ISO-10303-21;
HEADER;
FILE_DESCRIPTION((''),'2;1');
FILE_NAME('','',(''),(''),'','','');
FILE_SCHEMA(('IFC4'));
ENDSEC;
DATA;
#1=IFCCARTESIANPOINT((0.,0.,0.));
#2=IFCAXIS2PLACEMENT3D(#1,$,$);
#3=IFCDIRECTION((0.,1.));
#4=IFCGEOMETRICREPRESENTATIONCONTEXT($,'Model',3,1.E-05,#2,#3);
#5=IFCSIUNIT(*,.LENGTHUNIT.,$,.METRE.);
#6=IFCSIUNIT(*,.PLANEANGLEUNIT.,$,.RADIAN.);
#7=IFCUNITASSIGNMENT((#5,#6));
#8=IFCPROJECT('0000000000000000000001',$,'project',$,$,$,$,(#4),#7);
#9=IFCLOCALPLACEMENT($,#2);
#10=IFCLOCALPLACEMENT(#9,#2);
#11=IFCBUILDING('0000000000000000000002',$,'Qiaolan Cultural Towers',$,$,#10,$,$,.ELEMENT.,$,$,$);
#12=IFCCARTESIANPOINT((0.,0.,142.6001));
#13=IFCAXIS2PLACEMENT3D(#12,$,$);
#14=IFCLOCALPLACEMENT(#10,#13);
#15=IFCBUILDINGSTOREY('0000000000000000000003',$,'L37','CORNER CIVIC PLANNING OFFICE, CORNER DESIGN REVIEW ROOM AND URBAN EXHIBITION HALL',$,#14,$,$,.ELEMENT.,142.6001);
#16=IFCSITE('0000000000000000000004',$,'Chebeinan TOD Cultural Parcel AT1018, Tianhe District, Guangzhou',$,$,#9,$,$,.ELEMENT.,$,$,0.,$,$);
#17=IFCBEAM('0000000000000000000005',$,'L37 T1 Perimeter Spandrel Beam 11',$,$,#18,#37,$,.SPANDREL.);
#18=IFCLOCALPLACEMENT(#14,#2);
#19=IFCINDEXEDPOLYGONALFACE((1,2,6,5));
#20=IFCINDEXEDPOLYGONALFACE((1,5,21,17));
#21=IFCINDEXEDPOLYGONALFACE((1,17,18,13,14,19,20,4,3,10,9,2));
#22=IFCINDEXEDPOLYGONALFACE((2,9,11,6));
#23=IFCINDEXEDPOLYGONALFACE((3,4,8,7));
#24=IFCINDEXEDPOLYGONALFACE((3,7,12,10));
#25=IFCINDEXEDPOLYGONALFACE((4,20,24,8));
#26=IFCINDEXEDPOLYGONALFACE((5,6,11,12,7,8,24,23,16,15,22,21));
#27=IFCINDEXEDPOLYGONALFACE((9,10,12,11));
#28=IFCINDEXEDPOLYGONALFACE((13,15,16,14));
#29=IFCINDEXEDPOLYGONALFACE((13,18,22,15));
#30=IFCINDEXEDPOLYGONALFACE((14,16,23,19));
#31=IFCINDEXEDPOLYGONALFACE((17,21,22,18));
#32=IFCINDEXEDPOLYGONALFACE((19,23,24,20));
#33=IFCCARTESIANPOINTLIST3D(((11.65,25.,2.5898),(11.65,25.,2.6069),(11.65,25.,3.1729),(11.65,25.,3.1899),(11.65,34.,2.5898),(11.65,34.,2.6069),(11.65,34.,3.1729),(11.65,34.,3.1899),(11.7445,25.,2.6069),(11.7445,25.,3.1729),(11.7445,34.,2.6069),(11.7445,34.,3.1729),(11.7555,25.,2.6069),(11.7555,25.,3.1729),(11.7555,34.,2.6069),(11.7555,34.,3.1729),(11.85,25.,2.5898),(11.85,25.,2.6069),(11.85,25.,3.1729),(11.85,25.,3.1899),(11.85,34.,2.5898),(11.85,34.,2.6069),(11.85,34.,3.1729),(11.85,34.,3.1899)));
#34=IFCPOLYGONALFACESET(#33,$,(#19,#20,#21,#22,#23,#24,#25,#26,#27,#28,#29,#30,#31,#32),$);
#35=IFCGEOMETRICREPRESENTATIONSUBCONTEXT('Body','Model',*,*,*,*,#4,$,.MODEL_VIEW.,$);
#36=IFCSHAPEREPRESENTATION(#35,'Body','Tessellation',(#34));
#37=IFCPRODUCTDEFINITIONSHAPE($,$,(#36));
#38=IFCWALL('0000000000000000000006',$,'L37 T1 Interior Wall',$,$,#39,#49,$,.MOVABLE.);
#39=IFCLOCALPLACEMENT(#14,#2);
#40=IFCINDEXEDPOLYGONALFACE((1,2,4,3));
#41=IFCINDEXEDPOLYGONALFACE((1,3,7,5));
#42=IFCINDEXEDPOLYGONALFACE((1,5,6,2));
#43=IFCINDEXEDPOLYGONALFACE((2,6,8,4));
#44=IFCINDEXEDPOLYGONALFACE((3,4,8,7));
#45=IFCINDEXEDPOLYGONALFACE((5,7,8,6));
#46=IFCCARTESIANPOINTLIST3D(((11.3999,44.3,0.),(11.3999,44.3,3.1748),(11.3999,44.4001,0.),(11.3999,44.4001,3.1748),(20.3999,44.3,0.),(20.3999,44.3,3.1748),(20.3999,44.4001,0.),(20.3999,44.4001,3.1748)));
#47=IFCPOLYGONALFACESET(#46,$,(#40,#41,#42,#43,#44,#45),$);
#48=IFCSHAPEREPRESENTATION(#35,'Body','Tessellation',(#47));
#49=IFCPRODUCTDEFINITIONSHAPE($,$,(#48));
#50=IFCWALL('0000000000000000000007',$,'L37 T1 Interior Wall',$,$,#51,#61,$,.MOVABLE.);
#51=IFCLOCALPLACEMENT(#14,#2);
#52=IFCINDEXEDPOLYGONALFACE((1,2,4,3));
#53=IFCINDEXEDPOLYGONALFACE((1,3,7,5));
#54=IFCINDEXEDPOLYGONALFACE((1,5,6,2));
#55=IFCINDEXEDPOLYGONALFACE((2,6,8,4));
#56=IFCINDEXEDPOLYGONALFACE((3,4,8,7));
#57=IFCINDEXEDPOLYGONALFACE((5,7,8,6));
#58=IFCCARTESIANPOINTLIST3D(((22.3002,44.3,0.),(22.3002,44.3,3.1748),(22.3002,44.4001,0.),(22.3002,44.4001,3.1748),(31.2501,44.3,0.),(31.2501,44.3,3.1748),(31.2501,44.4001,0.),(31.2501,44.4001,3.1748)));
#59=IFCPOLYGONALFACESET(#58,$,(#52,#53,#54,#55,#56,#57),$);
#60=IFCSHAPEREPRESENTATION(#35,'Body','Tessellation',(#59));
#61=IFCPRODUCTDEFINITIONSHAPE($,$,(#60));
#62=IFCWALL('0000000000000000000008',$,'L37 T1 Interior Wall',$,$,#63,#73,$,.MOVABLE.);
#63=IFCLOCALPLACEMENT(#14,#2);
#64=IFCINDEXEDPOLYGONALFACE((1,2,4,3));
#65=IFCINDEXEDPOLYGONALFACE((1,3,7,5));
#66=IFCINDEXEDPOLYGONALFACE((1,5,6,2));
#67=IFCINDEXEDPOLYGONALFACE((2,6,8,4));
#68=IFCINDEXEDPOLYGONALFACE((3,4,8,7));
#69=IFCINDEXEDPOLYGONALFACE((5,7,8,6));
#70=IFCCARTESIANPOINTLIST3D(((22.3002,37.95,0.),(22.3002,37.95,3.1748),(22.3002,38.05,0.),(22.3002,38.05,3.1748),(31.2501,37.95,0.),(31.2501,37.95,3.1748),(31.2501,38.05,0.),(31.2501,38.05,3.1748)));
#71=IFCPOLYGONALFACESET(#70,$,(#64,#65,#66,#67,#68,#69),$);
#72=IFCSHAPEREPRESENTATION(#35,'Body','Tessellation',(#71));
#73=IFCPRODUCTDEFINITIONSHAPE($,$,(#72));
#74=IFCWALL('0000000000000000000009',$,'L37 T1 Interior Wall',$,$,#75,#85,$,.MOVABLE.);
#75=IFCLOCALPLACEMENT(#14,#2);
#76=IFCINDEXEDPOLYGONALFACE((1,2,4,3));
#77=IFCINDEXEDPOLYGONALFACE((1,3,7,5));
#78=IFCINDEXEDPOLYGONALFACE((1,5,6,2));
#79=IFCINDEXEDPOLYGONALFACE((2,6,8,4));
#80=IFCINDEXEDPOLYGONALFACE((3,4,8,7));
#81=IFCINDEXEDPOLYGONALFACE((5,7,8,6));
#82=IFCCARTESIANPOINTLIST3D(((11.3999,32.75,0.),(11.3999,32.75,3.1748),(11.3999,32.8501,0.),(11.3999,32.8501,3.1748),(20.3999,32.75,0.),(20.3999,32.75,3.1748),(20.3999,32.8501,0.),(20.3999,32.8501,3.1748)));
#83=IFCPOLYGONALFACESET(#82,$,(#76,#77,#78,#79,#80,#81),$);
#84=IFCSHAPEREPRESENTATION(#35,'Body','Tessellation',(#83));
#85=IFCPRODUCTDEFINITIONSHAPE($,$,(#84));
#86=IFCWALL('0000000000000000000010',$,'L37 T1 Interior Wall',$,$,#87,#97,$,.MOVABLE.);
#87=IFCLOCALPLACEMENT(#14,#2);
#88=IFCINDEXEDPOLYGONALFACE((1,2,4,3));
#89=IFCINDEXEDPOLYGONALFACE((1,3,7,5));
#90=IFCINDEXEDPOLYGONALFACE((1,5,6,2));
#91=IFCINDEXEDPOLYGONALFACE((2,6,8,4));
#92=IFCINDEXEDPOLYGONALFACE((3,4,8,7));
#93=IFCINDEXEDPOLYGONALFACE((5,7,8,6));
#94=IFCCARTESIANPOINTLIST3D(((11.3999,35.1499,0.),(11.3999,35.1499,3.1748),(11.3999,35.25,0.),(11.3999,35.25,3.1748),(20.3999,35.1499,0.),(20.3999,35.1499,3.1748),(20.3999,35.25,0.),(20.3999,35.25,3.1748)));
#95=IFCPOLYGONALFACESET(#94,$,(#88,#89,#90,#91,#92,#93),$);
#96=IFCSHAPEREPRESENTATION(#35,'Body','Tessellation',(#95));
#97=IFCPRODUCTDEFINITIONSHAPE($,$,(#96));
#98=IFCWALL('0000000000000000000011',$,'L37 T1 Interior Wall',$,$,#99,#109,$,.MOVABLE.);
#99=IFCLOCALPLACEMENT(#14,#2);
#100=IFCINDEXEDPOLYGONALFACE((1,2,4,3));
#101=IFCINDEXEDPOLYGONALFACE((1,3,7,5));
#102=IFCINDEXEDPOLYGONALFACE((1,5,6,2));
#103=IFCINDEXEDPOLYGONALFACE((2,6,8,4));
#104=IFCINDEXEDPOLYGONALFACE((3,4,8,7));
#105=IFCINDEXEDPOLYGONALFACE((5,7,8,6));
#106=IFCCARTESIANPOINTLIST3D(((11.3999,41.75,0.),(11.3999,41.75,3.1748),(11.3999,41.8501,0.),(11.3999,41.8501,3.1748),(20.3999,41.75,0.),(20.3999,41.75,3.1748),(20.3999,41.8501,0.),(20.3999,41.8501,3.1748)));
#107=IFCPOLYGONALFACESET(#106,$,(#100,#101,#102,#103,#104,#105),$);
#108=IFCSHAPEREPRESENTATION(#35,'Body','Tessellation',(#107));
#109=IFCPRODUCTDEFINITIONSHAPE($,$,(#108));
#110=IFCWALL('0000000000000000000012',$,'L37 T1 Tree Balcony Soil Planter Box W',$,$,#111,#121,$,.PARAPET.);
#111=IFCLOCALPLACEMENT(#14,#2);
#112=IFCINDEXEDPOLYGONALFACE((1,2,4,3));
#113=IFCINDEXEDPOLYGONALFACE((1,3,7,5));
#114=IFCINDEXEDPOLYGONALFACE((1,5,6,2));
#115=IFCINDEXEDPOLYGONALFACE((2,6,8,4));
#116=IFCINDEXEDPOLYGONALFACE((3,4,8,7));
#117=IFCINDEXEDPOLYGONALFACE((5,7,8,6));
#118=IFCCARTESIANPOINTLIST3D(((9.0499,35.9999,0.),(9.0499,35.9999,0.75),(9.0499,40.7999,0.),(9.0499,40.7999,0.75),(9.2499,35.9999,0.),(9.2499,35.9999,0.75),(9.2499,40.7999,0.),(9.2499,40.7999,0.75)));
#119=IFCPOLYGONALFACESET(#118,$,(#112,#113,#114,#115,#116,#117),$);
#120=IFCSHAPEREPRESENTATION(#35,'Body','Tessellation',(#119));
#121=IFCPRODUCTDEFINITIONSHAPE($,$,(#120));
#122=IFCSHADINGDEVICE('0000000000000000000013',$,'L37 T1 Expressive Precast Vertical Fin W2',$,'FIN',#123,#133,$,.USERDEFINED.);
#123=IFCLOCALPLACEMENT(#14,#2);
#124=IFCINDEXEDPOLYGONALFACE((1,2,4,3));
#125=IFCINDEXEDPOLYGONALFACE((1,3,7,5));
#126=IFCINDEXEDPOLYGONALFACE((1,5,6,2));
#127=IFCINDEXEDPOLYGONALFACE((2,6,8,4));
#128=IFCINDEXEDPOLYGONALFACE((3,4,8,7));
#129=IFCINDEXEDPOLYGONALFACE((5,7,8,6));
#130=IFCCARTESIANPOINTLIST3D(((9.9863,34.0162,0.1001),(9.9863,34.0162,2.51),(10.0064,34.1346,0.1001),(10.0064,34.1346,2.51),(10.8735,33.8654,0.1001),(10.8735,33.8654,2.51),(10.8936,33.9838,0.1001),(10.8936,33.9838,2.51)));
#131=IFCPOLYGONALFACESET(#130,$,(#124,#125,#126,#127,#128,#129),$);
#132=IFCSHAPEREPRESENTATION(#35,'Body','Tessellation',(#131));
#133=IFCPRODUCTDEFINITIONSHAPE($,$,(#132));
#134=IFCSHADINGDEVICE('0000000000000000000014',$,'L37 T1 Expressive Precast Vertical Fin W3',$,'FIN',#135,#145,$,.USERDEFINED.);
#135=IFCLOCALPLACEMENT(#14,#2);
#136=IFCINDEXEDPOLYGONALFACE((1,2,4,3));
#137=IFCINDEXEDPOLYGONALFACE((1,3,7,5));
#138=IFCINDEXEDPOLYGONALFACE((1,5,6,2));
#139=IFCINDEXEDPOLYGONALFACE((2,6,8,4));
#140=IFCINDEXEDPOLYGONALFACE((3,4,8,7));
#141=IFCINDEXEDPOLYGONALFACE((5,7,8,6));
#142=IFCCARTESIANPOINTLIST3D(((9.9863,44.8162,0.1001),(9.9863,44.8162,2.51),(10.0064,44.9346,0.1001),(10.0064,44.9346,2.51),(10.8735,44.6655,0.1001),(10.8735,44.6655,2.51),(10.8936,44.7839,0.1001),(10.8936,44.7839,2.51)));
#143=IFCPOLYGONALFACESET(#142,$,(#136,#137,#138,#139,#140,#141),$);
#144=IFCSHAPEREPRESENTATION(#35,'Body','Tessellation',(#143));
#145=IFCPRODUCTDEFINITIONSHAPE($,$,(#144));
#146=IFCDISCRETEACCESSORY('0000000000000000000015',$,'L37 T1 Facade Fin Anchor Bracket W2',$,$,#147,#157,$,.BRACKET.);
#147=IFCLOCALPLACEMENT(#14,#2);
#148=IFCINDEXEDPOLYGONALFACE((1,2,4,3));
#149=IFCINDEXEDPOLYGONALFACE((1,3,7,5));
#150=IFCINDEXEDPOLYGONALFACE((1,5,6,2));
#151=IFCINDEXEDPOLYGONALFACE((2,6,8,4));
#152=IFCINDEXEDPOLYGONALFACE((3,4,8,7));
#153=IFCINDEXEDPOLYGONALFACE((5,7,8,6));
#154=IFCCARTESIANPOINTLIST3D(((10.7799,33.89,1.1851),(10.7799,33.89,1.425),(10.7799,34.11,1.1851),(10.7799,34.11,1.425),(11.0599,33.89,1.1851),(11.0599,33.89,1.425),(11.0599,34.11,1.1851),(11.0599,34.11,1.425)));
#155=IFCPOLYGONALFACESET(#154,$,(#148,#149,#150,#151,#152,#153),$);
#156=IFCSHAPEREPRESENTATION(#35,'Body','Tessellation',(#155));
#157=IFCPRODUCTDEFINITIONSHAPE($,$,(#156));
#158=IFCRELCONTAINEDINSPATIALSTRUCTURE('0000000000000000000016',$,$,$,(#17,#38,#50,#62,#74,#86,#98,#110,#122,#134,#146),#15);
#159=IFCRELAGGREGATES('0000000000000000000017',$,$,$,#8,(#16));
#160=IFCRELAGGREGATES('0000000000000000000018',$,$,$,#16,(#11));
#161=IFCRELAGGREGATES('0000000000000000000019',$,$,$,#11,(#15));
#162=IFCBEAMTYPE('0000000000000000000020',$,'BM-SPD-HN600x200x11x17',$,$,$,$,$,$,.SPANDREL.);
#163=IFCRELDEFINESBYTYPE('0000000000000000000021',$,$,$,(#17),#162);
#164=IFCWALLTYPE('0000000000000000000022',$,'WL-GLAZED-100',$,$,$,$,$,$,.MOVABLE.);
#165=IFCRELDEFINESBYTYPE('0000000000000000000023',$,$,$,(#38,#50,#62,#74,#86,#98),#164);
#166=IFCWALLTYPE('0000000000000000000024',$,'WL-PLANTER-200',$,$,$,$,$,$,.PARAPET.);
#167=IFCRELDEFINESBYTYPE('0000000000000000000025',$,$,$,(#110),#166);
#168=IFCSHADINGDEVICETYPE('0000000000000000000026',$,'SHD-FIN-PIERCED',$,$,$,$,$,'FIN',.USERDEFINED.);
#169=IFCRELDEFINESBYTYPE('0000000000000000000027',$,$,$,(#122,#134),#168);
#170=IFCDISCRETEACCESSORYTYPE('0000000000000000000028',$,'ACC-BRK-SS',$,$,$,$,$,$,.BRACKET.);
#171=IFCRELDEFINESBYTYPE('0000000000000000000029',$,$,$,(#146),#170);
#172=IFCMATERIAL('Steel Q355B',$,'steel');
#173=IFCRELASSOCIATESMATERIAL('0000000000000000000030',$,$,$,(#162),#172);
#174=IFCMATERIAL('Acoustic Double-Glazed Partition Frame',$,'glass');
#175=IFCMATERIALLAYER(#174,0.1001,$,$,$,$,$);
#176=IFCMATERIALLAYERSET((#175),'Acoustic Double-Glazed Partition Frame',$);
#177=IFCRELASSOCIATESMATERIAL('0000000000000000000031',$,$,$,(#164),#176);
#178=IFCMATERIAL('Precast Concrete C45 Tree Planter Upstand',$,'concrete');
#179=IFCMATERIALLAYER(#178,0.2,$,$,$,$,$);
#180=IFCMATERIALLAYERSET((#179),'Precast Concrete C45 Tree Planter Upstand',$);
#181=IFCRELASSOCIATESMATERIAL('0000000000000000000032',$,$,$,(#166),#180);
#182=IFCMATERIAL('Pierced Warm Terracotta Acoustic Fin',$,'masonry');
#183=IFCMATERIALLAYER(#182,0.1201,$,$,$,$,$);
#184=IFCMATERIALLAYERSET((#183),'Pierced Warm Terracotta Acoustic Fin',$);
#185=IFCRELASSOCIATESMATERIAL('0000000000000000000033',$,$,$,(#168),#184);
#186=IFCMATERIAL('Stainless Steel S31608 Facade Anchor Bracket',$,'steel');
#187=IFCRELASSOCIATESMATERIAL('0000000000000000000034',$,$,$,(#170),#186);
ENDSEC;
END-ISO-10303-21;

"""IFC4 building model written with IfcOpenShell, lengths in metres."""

from ifc_helpers import new_model, si_unit, direction, frame, frame_2d, origin, origin_2d, place, context, subcontext, project, spatial, rectangle, i_section, extrude, material, layer, layer_set, material_profile, profile_set, type_object, element, save


model = new_model("IFC4")

# Units and contexts
model_context = context("Model", 3, precision=1e-05, world=origin(), true_north=direction((0.0, 1.0)))
body_context = subcontext(model_context, "Body", "Model", "MODEL_VIEW")
ifc_project = project(units=[si_unit("LENGTHUNIT", "METRE"), si_unit("PLANEANGLEUNIT", "RADIAN")], contexts=[model_context])

# Site, building, storey
site_placement = place(None, origin())
site = spatial("IfcSite", under=ifc_project, at=site_placement, Name="Chebeinan TOD Cultural Parcel AT1018, Tianhe District, Guangzhou", CompositionType="ELEMENT", RefElevation=0.0)
building_placement = place(site_placement, origin())
building = spatial("IfcBuilding", under=site, at=building_placement, Name="Qiaolan Cultural Towers", CompositionType="ELEMENT")
storey_placement = place(building_placement, frame((0.0, 0.0, 142.6001)))
storey = spatial("IfcBuildingStorey", under=building, at=storey_placement, Name="L37", Description="CORNER CIVIC PLANNING OFFICE, CORNER DESIGN REVIEW ROOM AND URBAN EXHIBITION HALL", CompositionType="ELEMENT", Elevation=142.6001)

# Beam
ifc_material_1 = material(Name="Steel Q355B", Category="steel")
ifc_material_profile_1 = material_profile(ifc_material_1, i_section(OverallWidth=0.2, OverallDepth=0.6001, WebThickness=0.011, FlangeThickness=0.0171, at=origin_2d()), Name="HN600x200x11x17")
ifc_profile_set_1 = profile_set([ifc_material_profile_1], Name="Steel Q355B")
beam_type_1 = type_object("IfcBeamType", Name="BM-SPD-HN600x200x11x17", PredefinedType="SPANDREL", material=ifc_profile_set_1)
for number, where, z_axis, x_axis, name in (
    (1, (11.75, 34.0, 2.8899), (0.0, -1.0, 0.0), (1.0, 0.0, 0.0), "L37 T1 Perimeter Spandrel Beam 11"),
):
    element("IfcBeam", number, at=place(storey_placement, frame(where, z_axis=z_axis, x_axis=x_axis)), inside=storey, type_object=beam_type_1, Name=name, PredefinedType="SPANDREL", context=body_context, shape_type="SweptSolid", body=[
        extrude(i_section(OverallWidth=0.2, OverallDepth=0.6001, WebThickness=0.011, FlangeThickness=0.0171, at=origin_2d()), origin(), (0.0, 0.0, 1.0), 9.0),
    ])

# Walls
ifc_material_2 = material(Name="Acoustic Double-Glazed Partition Frame", Category="glass")
ifc_layer_1 = layer(ifc_material_2, 0.1001)
ifc_layer_set_1 = layer_set([ifc_layer_1], Name="Acoustic Double-Glazed Partition Frame")
wall_type_1 = type_object("IfcWallType", Name="WL-GLAZED-100", PredefinedType="MOVABLE", material=ifc_layer_set_1)
wall_1_placement = place(storey_placement, frame((11.3999, 44.3501, 0.0), z_axis=(0.0, 0.0, 1.0), x_axis=(1.0, 0.0, 0.0)))
element("IfcWall", 2, at=wall_1_placement, inside=storey, type_object=wall_type_1, Name="L37 T1 Interior Wall", PredefinedType="MOVABLE", context=body_context, shape_type="SweptSolid", body=[
    extrude(rectangle(XDim=9.0, YDim=0.1001, at=frame_2d((4.5, 0.0))), origin(), (0.0, 0.0, 1.0), 3.1748),
])
for number, where, z_axis, x_axis, name in (
    (3, (22.3, 44.3501, 0.0), (0.0, 0.0, 1.0), (1.0, 0.0, 0.0), "L37 T1 Interior Wall"),
    (4, (22.3, 38.0, 0.0), (0.0, 0.0, 1.0), (1.0, 0.0, 0.0), "L37 T1 Interior Wall"),
):
    element("IfcWall", number, at=place(storey_placement, frame(where, z_axis=z_axis, x_axis=x_axis)), inside=storey, type_object=wall_type_1, Name=name, PredefinedType="MOVABLE", context=body_context, shape_type="SweptSolid", body=[
        extrude(rectangle(XDim=8.95, YDim=0.1001, at=frame_2d((4.4751, 0.0))), origin(), (0.0, 0.0, 1.0), 3.1748),
    ])
for number, where, z_axis, x_axis, name in (
    (5, (11.3999, 32.8, 0.0), (0.0, 0.0, 1.0), (1.0, 0.0, 0.0), "L37 T1 Interior Wall"),
    (6, (11.3999, 35.2, 0.0), (0.0, 0.0, 1.0), (1.0, 0.0, 0.0), "L37 T1 Interior Wall"),
    (7, (11.3999, 41.8, 0.0), (0.0, 0.0, 1.0), (1.0, 0.0, 0.0), "L37 T1 Interior Wall"),
):
    element("IfcWall", number, at=place(storey_placement, frame(where, z_axis=z_axis, x_axis=x_axis)), inside=storey, type_object=wall_type_1, Name=name, PredefinedType="MOVABLE", context=body_context, shape_type="SweptSolid", body=[
        extrude(rectangle(XDim=9.0, YDim=0.1001, at=frame_2d((4.5, 0.0))), origin(), (0.0, 0.0, 1.0), 3.1748),
    ])
ifc_material_3 = material(Name="Precast Concrete C45 Tree Planter Upstand", Category="concrete")
ifc_layer_2 = layer(ifc_material_3, 0.2)
ifc_layer_set_2 = layer_set([ifc_layer_2], Name="Precast Concrete C45 Tree Planter Upstand")
wall_type_2 = type_object("IfcWallType", Name="WL-PLANTER-200", PredefinedType="PARAPET", material=ifc_layer_set_2)
wall_2_placement = place(storey_placement, frame((9.1499, 36.0, 0.0), z_axis=(0.0, 0.0, 1.0), x_axis=(0.0, 1.0, 0.0)))
element("IfcWall", 8, at=wall_2_placement, inside=storey, type_object=wall_type_2, Name="L37 T1 Tree Balcony Soil Planter Box W", PredefinedType="PARAPET", context=body_context, shape_type="SweptSolid", body=[
    extrude(rectangle(XDim=4.8, YDim=0.2, at=frame_2d((2.3999, 0.0))), origin(), (0.0, 0.0, 1.0), 0.75),
])

# Shading devices
ifc_material_4 = material(Name="Pierced Warm Terracotta Acoustic Fin", Category="masonry")
ifc_layer_3 = layer(ifc_material_4, 0.1201)
ifc_layer_set_3 = layer_set([ifc_layer_3], Name="Pierced Warm Terracotta Acoustic Fin")
shading_device_type = type_object("IfcShadingDeviceType", Name="SHD-FIN-PIERCED", ElementType="FIN", PredefinedType="USERDEFINED", material=ifc_layer_set_3)
for number, where, z_axis, x_axis, name in (
    (9, (10.4399, 34.0, 0.1001), (0.0, 0.0, 1.0), (0.985874, -0.167488, 0.0), "L37 T1 Expressive Precast Vertical Fin W2"),
    (10, (10.4399, 44.8, 0.1001), (0.0, 0.0, 1.0), (0.985874, -0.167488, 0.0), "L37 T1 Expressive Precast Vertical Fin W3"),
):
    element("IfcShadingDevice", number, at=place(storey_placement, frame(where, z_axis=z_axis, x_axis=x_axis)), inside=storey, type_object=shading_device_type, Name=name, ObjectType="FIN", PredefinedType="USERDEFINED", context=body_context, shape_type="SweptSolid", body=[
        extrude(rectangle(XDim=0.8999, YDim=0.1201, at=origin_2d()), origin(), (0.0, 0.0, 1.0), 2.4099),
    ])

# Discrete accessory
ifc_material_5 = material(Name="Stainless Steel S31608 Facade Anchor Bracket", Category="steel")
discrete_accessory_type = type_object("IfcDiscreteAccessoryType", Name="ACC-BRK-SS", PredefinedType="BRACKET", material=ifc_material_5)
discrete_accessory_placement = place(storey_placement, frame((10.9199, 34.0, 1.1851), z_axis=(0.0, 0.0, 1.0), x_axis=(1.0, 0.0, 0.0)))
element("IfcDiscreteAccessory", 11, at=discrete_accessory_placement, inside=storey, type_object=discrete_accessory_type, Name="L37 T1 Facade Fin Anchor Bracket W2", PredefinedType="BRACKET", context=body_context, shape_type="SweptSolid", body=[
    extrude(rectangle(XDim=0.28, YDim=0.22, at=origin_2d()), origin(), (0.0, 0.0, 1.0), 0.24),
])

save(model, "model.ifc")
